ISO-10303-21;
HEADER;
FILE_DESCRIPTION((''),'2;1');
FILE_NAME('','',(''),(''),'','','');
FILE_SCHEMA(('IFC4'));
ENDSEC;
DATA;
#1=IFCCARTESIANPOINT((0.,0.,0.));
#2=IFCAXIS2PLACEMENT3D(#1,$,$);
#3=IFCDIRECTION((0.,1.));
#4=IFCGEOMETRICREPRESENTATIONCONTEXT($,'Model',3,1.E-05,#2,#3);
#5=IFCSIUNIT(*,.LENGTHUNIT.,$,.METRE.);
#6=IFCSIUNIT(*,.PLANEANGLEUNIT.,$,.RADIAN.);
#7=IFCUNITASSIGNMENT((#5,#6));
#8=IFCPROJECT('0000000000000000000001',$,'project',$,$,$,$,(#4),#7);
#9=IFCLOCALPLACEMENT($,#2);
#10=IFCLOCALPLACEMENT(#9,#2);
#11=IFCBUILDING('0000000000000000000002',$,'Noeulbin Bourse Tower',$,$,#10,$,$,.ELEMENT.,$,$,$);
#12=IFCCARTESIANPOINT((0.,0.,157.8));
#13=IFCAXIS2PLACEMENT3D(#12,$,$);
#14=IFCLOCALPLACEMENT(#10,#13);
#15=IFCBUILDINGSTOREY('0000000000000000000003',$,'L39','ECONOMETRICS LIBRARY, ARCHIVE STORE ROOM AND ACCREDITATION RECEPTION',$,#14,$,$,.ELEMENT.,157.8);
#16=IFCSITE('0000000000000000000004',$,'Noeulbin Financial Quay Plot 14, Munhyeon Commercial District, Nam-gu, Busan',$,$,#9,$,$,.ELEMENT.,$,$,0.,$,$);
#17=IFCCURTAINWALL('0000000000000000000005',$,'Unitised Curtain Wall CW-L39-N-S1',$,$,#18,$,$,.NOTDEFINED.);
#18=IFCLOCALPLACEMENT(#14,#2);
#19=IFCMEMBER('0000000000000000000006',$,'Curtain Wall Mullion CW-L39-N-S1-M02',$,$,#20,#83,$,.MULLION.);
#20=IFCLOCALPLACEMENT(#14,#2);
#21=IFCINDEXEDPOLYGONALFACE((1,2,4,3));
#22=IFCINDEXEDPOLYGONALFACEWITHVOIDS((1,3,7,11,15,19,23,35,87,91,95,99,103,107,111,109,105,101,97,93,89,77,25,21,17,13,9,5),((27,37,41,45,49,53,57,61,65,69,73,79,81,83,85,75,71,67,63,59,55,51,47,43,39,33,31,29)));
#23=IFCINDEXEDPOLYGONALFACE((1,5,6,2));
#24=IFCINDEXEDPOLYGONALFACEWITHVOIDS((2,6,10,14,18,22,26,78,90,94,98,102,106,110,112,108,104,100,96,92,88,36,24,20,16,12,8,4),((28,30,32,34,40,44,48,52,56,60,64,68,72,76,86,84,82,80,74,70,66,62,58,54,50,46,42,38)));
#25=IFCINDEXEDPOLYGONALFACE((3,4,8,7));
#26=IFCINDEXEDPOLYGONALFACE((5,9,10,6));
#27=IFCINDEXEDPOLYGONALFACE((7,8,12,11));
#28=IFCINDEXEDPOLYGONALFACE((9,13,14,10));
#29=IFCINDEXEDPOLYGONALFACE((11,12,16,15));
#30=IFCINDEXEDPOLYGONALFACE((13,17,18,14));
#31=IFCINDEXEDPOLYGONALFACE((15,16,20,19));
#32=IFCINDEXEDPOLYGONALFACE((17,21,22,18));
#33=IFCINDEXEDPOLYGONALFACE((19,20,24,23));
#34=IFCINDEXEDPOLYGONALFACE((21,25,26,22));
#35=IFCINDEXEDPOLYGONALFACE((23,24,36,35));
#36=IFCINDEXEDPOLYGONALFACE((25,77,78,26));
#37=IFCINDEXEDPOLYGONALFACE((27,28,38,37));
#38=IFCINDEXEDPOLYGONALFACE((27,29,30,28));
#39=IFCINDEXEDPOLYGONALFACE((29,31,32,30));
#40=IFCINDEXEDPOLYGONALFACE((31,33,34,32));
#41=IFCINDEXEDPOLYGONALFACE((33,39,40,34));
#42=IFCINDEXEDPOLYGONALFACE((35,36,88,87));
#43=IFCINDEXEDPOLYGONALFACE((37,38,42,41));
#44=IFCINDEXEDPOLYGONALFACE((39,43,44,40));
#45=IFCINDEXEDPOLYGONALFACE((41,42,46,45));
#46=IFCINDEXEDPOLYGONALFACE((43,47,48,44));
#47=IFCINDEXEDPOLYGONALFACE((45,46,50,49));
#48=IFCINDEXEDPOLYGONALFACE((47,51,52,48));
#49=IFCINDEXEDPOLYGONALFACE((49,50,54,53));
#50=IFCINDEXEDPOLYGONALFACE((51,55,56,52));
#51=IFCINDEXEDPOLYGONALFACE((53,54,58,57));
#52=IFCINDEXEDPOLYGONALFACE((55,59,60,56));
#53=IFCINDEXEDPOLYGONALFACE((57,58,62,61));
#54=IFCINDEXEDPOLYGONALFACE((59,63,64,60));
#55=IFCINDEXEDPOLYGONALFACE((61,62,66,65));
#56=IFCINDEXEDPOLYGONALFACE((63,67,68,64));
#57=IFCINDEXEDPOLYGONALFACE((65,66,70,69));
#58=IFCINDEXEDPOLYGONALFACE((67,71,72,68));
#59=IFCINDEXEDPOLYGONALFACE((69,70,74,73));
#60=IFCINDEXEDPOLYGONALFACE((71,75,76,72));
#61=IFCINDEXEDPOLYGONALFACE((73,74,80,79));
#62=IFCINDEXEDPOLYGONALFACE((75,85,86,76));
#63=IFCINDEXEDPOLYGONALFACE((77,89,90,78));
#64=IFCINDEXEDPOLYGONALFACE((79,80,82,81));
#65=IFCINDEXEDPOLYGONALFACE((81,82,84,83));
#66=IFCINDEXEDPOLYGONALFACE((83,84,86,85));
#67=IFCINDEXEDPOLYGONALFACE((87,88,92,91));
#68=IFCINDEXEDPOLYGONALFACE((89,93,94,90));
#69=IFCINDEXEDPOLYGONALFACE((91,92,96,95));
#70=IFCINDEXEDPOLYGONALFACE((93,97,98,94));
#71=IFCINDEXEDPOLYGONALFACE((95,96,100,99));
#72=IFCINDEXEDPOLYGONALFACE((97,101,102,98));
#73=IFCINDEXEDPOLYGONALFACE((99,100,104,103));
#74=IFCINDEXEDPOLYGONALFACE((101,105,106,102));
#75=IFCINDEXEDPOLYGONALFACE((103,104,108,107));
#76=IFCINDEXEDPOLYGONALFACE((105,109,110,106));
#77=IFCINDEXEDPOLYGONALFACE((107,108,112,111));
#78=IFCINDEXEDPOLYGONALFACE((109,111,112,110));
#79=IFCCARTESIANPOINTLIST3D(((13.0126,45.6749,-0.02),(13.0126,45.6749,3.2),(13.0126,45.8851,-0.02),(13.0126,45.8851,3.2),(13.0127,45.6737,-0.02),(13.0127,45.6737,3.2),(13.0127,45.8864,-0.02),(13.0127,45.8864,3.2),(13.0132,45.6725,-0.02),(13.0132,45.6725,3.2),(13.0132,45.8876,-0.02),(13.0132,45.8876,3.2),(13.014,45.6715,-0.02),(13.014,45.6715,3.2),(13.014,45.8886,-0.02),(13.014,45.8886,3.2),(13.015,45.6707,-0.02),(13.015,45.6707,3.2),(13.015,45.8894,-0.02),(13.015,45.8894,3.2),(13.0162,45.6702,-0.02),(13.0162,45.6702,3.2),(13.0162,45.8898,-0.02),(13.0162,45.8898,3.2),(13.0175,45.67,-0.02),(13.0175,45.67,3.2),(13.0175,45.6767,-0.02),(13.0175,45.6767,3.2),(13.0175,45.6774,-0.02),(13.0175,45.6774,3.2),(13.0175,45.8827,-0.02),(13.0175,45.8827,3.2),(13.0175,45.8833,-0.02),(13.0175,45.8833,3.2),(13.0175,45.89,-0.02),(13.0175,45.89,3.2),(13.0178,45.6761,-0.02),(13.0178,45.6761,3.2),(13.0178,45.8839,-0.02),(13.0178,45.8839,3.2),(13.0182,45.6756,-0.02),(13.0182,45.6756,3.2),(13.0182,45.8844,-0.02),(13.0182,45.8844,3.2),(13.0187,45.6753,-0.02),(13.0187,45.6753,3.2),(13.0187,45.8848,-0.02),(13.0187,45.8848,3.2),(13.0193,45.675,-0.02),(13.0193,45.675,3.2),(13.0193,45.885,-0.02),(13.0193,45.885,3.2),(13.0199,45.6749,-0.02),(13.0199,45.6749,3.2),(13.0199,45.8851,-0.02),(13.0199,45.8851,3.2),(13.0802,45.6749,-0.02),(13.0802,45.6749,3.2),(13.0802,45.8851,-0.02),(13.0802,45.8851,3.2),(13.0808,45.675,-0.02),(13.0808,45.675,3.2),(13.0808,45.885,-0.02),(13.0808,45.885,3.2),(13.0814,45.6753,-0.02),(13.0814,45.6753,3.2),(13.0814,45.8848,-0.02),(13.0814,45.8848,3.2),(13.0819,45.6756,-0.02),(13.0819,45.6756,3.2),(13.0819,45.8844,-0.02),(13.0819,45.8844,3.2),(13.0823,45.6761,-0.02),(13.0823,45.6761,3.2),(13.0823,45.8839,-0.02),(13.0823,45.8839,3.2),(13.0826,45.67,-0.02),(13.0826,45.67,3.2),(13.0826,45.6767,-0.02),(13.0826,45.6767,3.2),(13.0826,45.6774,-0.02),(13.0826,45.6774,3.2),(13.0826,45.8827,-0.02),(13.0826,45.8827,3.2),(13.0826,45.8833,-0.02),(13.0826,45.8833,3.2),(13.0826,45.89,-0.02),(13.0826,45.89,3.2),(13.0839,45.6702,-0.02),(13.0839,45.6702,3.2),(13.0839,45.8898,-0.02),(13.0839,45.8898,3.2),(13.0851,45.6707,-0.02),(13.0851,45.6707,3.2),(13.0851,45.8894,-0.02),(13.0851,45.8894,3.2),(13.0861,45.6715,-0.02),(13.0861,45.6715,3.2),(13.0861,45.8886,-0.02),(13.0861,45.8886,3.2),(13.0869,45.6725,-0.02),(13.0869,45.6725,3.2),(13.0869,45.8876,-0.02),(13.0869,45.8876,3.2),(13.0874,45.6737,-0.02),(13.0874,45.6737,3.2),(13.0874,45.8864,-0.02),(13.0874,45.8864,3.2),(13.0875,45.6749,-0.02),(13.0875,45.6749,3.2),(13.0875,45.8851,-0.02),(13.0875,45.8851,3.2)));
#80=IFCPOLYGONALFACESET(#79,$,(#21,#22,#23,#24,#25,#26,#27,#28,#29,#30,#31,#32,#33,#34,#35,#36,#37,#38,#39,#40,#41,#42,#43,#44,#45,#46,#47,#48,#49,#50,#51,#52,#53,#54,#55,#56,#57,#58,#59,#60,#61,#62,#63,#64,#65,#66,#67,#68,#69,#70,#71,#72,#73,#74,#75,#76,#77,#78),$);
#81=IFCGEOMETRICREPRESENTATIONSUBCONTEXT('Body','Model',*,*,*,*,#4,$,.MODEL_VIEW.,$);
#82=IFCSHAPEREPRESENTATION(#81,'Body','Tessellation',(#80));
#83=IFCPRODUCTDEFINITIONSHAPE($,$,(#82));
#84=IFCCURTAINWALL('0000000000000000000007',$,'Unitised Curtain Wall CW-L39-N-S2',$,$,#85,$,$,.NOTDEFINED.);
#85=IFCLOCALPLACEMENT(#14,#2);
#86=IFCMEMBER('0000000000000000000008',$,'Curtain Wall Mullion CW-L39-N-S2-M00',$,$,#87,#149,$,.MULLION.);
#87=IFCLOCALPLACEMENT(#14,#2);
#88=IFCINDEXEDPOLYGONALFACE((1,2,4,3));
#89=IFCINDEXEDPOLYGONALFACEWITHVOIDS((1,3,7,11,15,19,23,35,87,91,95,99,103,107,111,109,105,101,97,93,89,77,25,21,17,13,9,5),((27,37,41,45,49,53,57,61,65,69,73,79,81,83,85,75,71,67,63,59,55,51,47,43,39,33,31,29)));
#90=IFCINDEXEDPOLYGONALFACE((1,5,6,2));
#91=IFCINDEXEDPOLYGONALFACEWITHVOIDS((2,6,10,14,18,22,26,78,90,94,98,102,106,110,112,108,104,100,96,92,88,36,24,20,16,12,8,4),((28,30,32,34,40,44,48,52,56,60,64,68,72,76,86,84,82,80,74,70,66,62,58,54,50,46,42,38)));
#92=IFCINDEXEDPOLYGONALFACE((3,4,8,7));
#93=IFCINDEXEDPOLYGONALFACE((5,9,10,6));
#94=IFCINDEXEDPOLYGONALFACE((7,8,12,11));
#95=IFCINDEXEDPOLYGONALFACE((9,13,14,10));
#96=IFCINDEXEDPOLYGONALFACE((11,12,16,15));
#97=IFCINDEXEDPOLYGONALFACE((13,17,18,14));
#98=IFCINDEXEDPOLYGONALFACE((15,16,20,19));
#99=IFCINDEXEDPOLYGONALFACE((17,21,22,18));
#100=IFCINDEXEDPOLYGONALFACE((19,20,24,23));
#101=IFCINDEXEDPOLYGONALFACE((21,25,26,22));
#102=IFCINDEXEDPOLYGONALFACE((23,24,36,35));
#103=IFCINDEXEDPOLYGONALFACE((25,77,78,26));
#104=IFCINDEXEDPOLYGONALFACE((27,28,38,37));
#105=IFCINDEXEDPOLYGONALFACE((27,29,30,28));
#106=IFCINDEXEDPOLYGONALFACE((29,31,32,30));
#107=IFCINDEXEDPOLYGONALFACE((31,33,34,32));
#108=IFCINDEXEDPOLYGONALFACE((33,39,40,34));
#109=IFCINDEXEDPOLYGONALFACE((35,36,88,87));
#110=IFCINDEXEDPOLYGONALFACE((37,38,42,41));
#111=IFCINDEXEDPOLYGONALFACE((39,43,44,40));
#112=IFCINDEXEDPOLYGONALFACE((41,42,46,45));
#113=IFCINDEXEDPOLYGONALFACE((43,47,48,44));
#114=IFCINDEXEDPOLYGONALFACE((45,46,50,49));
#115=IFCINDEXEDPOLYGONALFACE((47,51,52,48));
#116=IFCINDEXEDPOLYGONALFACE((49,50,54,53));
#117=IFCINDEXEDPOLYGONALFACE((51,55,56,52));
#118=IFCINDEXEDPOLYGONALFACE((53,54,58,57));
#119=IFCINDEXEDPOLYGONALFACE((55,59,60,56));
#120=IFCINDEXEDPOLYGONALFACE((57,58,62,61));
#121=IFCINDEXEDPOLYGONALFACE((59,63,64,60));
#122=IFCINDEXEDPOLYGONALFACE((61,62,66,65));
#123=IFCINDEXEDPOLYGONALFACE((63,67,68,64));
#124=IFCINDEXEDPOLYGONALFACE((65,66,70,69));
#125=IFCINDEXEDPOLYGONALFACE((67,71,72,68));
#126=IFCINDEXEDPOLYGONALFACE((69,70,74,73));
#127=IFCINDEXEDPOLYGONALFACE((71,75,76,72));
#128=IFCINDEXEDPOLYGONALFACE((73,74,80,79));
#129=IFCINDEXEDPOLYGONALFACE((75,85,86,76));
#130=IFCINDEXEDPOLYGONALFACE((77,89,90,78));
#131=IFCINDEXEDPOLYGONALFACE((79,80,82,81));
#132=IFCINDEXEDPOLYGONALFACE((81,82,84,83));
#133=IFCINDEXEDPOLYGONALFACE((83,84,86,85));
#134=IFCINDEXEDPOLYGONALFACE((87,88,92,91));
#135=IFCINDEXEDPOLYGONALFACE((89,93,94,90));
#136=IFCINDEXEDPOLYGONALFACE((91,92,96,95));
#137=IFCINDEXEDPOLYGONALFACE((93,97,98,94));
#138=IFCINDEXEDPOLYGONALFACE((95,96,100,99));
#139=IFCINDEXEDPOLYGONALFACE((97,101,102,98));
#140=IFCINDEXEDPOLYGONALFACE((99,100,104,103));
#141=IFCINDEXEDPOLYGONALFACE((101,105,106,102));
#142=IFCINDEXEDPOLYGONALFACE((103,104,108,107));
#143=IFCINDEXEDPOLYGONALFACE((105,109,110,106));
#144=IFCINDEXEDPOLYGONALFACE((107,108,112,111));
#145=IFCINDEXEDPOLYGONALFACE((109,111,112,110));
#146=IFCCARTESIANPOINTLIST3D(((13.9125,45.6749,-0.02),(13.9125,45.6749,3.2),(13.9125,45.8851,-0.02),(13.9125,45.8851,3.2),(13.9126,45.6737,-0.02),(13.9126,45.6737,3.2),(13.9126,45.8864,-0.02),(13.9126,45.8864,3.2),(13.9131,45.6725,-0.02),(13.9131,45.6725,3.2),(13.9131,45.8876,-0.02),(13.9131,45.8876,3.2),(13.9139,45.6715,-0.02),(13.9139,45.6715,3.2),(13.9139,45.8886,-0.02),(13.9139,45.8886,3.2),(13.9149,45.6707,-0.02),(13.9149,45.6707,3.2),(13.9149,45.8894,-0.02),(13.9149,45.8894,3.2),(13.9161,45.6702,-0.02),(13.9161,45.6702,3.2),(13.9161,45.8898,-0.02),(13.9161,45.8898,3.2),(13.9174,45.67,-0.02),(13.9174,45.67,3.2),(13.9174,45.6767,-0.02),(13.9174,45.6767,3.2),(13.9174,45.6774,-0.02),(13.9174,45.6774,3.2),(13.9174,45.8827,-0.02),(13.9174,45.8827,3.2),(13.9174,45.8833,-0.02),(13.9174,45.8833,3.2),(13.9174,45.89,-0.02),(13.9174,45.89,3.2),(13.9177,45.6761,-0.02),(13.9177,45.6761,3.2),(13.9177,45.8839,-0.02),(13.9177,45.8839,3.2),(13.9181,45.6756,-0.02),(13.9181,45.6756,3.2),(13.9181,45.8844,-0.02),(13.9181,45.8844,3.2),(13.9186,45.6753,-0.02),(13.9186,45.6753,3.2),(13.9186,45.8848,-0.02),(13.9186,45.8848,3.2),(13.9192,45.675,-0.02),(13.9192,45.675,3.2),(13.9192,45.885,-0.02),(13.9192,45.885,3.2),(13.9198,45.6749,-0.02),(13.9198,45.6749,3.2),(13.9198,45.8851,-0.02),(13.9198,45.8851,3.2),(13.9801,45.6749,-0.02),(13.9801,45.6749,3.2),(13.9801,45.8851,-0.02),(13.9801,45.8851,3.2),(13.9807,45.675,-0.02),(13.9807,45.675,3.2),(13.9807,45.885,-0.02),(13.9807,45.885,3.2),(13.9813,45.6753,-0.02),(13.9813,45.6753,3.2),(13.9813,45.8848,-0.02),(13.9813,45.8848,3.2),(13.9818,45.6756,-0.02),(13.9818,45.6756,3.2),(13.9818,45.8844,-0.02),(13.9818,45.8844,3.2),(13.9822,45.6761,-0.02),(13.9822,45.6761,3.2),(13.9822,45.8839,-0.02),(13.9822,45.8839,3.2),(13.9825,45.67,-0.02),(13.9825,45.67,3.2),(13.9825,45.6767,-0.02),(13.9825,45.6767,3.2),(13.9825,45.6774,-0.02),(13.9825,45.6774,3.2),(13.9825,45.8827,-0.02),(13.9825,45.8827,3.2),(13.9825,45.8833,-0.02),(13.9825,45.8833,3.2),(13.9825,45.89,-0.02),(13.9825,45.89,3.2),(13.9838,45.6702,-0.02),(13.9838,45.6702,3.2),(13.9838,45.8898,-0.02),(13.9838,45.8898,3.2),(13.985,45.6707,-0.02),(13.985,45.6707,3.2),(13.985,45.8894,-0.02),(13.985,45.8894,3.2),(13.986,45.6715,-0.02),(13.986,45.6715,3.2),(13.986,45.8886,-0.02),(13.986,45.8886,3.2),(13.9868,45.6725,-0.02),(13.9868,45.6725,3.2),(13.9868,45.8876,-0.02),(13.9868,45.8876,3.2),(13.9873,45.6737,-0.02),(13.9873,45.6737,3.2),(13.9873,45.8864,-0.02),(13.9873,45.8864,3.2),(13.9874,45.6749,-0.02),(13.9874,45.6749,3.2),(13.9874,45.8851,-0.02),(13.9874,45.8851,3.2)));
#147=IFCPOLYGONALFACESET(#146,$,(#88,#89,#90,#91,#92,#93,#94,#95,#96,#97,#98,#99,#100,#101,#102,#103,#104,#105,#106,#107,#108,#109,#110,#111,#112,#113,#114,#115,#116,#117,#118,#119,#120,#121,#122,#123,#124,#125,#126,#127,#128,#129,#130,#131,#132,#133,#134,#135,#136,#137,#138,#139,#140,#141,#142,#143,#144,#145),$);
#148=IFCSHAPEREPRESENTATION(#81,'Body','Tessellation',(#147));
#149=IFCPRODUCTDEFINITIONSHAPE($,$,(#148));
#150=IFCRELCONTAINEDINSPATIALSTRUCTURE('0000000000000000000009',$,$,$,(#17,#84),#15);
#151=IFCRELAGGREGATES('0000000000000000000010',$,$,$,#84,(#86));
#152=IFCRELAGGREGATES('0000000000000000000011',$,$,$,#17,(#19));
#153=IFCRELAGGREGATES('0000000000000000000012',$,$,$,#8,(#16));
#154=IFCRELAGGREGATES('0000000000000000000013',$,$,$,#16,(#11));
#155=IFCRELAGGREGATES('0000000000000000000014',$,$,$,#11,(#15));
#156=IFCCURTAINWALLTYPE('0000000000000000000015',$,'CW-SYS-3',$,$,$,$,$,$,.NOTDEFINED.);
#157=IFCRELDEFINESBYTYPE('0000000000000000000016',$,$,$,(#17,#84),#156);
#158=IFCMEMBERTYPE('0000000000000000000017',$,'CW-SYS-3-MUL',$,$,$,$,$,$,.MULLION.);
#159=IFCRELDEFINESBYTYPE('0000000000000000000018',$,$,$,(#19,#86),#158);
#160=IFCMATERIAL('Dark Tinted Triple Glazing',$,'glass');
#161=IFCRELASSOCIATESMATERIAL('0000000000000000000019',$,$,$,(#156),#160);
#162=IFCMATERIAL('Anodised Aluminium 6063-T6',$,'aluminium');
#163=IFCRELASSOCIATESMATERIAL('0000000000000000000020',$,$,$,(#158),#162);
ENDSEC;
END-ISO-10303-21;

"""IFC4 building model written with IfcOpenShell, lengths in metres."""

from ifc_helpers import new_model, si_unit, direction, frame, origin, origin_2d, place, context, subcontext, project, spatial, hollow_rectangle, extrude, material, material_profile, profile_set, type_object, element, aggregate, save


model = new_model("IFC4")

# Units and contexts
model_context = context("Model", 3, precision=1e-05, world=origin(), true_north=direction((0.0, 1.0)))
body_context = subcontext(model_context, "Body", "Model", "MODEL_VIEW")
ifc_project = project(units=[si_unit("LENGTHUNIT", "METRE"), si_unit("PLANEANGLEUNIT", "RADIAN")], contexts=[model_context])

# Site, building, storey
site_placement = place(None, origin())
site = spatial("IfcSite", under=ifc_project, at=site_placement, Name="Noeulbin Financial Quay Plot 14, Munhyeon Commercial District, Nam-gu, Busan", CompositionType="ELEMENT", RefElevation=0.0)
building_placement = place(site_placement, origin())
building = spatial("IfcBuilding", under=site, at=building_placement, Name="Noeulbin Bourse Tower", CompositionType="ELEMENT")
storey_placement = place(building_placement, frame((0.0, 0.0, 157.8)))
storey = spatial("IfcBuildingStorey", under=building, at=storey_placement, Name="L39", Description="ECONOMETRICS LIBRARY, ARCHIVE STORE ROOM AND ACCREDITATION RECEPTION", CompositionType="ELEMENT", Elevation=157.8)

# Curtain wall, member
ifc_material_1 = material(Name="Dark Tinted Triple Glazing", Category="glass")
curtain_wall_type = type_object("IfcCurtainWallType", Name="CW-SYS-3", PredefinedType="NOTDEFINED", material=ifc_material_1)
curtain_wall_1_placement = place(storey_placement, origin())
curtain_wall_1 = element("IfcCurtainWall", 1, at=curtain_wall_1_placement, inside=storey, type_object=curtain_wall_type, Name="Unitised Curtain Wall CW-L39-N-S1", PredefinedType="NOTDEFINED")
ifc_material_2 = material(Name="Anodised Aluminium 6063-T6", Category="aluminium")
ifc_material_profile_1 = material_profile(ifc_material_2, hollow_rectangle(XDim=0.075, YDim=0.22, WallThickness=0.0049, InnerFilletRadius=0.0024, OuterFilletRadius=0.0049, at=origin_2d()), Name="ALU-MULL-75x220x5", Category="LoadBearing")
ifc_profile_set_1 = profile_set([ifc_material_profile_1], Name="Anodised Aluminium 6063-T6")
member_type_1 = type_object("IfcMemberType", Name="CW-SYS-3-MUL", PredefinedType="MULLION", material=ifc_profile_set_1)
member_1_placement = place(storey_placement, frame((13.05, 45.78, -0.02), z_axis=(0.0, 0.0, 1.0), x_axis=(1.0, 0.0, 0.0)))
member_1 = element("IfcMember", 2, at=member_1_placement, type_object=member_type_1, Name="Curtain Wall Mullion CW-L39-N-S1-M02", PredefinedType="MULLION", context=body_context, shape_type="SweptSolid", body=[
    extrude(hollow_rectangle(XDim=0.075, YDim=0.22, WallThickness=0.0049, InnerFilletRadius=0.0024, OuterFilletRadius=0.0049, at=origin_2d()), origin(), (0.0, 0.0, 1.0), 3.22),
])

# Curtain wall, member
curtain_wall_2_placement = place(storey_placement, origin())
curtain_wall_2 = element("IfcCurtainWall", 3, at=curtain_wall_2_placement, inside=storey, type_object=curtain_wall_type, Name="Unitised Curtain Wall CW-L39-N-S2", PredefinedType="NOTDEFINED")
member_2_placement = place(storey_placement, frame((13.95, 45.78, -0.02), z_axis=(0.0, 0.0, 1.0), x_axis=(1.0, 0.0, 0.0)))
member_2 = element("IfcMember", 4, at=member_2_placement, type_object=member_type_1, Name="Curtain Wall Mullion CW-L39-N-S2-M00", PredefinedType="MULLION", context=body_context, shape_type="SweptSolid", body=[
    extrude(hollow_rectangle(XDim=0.075, YDim=0.22, WallThickness=0.0049, InnerFilletRadius=0.0024, OuterFilletRadius=0.0049, at=origin_2d()), origin(), (0.0, 0.0, 1.0), 3.22),
])

aggregate(curtain_wall_2, [member_2])

aggregate(curtain_wall_1, [member_1])

save(model, "model.ifc")
